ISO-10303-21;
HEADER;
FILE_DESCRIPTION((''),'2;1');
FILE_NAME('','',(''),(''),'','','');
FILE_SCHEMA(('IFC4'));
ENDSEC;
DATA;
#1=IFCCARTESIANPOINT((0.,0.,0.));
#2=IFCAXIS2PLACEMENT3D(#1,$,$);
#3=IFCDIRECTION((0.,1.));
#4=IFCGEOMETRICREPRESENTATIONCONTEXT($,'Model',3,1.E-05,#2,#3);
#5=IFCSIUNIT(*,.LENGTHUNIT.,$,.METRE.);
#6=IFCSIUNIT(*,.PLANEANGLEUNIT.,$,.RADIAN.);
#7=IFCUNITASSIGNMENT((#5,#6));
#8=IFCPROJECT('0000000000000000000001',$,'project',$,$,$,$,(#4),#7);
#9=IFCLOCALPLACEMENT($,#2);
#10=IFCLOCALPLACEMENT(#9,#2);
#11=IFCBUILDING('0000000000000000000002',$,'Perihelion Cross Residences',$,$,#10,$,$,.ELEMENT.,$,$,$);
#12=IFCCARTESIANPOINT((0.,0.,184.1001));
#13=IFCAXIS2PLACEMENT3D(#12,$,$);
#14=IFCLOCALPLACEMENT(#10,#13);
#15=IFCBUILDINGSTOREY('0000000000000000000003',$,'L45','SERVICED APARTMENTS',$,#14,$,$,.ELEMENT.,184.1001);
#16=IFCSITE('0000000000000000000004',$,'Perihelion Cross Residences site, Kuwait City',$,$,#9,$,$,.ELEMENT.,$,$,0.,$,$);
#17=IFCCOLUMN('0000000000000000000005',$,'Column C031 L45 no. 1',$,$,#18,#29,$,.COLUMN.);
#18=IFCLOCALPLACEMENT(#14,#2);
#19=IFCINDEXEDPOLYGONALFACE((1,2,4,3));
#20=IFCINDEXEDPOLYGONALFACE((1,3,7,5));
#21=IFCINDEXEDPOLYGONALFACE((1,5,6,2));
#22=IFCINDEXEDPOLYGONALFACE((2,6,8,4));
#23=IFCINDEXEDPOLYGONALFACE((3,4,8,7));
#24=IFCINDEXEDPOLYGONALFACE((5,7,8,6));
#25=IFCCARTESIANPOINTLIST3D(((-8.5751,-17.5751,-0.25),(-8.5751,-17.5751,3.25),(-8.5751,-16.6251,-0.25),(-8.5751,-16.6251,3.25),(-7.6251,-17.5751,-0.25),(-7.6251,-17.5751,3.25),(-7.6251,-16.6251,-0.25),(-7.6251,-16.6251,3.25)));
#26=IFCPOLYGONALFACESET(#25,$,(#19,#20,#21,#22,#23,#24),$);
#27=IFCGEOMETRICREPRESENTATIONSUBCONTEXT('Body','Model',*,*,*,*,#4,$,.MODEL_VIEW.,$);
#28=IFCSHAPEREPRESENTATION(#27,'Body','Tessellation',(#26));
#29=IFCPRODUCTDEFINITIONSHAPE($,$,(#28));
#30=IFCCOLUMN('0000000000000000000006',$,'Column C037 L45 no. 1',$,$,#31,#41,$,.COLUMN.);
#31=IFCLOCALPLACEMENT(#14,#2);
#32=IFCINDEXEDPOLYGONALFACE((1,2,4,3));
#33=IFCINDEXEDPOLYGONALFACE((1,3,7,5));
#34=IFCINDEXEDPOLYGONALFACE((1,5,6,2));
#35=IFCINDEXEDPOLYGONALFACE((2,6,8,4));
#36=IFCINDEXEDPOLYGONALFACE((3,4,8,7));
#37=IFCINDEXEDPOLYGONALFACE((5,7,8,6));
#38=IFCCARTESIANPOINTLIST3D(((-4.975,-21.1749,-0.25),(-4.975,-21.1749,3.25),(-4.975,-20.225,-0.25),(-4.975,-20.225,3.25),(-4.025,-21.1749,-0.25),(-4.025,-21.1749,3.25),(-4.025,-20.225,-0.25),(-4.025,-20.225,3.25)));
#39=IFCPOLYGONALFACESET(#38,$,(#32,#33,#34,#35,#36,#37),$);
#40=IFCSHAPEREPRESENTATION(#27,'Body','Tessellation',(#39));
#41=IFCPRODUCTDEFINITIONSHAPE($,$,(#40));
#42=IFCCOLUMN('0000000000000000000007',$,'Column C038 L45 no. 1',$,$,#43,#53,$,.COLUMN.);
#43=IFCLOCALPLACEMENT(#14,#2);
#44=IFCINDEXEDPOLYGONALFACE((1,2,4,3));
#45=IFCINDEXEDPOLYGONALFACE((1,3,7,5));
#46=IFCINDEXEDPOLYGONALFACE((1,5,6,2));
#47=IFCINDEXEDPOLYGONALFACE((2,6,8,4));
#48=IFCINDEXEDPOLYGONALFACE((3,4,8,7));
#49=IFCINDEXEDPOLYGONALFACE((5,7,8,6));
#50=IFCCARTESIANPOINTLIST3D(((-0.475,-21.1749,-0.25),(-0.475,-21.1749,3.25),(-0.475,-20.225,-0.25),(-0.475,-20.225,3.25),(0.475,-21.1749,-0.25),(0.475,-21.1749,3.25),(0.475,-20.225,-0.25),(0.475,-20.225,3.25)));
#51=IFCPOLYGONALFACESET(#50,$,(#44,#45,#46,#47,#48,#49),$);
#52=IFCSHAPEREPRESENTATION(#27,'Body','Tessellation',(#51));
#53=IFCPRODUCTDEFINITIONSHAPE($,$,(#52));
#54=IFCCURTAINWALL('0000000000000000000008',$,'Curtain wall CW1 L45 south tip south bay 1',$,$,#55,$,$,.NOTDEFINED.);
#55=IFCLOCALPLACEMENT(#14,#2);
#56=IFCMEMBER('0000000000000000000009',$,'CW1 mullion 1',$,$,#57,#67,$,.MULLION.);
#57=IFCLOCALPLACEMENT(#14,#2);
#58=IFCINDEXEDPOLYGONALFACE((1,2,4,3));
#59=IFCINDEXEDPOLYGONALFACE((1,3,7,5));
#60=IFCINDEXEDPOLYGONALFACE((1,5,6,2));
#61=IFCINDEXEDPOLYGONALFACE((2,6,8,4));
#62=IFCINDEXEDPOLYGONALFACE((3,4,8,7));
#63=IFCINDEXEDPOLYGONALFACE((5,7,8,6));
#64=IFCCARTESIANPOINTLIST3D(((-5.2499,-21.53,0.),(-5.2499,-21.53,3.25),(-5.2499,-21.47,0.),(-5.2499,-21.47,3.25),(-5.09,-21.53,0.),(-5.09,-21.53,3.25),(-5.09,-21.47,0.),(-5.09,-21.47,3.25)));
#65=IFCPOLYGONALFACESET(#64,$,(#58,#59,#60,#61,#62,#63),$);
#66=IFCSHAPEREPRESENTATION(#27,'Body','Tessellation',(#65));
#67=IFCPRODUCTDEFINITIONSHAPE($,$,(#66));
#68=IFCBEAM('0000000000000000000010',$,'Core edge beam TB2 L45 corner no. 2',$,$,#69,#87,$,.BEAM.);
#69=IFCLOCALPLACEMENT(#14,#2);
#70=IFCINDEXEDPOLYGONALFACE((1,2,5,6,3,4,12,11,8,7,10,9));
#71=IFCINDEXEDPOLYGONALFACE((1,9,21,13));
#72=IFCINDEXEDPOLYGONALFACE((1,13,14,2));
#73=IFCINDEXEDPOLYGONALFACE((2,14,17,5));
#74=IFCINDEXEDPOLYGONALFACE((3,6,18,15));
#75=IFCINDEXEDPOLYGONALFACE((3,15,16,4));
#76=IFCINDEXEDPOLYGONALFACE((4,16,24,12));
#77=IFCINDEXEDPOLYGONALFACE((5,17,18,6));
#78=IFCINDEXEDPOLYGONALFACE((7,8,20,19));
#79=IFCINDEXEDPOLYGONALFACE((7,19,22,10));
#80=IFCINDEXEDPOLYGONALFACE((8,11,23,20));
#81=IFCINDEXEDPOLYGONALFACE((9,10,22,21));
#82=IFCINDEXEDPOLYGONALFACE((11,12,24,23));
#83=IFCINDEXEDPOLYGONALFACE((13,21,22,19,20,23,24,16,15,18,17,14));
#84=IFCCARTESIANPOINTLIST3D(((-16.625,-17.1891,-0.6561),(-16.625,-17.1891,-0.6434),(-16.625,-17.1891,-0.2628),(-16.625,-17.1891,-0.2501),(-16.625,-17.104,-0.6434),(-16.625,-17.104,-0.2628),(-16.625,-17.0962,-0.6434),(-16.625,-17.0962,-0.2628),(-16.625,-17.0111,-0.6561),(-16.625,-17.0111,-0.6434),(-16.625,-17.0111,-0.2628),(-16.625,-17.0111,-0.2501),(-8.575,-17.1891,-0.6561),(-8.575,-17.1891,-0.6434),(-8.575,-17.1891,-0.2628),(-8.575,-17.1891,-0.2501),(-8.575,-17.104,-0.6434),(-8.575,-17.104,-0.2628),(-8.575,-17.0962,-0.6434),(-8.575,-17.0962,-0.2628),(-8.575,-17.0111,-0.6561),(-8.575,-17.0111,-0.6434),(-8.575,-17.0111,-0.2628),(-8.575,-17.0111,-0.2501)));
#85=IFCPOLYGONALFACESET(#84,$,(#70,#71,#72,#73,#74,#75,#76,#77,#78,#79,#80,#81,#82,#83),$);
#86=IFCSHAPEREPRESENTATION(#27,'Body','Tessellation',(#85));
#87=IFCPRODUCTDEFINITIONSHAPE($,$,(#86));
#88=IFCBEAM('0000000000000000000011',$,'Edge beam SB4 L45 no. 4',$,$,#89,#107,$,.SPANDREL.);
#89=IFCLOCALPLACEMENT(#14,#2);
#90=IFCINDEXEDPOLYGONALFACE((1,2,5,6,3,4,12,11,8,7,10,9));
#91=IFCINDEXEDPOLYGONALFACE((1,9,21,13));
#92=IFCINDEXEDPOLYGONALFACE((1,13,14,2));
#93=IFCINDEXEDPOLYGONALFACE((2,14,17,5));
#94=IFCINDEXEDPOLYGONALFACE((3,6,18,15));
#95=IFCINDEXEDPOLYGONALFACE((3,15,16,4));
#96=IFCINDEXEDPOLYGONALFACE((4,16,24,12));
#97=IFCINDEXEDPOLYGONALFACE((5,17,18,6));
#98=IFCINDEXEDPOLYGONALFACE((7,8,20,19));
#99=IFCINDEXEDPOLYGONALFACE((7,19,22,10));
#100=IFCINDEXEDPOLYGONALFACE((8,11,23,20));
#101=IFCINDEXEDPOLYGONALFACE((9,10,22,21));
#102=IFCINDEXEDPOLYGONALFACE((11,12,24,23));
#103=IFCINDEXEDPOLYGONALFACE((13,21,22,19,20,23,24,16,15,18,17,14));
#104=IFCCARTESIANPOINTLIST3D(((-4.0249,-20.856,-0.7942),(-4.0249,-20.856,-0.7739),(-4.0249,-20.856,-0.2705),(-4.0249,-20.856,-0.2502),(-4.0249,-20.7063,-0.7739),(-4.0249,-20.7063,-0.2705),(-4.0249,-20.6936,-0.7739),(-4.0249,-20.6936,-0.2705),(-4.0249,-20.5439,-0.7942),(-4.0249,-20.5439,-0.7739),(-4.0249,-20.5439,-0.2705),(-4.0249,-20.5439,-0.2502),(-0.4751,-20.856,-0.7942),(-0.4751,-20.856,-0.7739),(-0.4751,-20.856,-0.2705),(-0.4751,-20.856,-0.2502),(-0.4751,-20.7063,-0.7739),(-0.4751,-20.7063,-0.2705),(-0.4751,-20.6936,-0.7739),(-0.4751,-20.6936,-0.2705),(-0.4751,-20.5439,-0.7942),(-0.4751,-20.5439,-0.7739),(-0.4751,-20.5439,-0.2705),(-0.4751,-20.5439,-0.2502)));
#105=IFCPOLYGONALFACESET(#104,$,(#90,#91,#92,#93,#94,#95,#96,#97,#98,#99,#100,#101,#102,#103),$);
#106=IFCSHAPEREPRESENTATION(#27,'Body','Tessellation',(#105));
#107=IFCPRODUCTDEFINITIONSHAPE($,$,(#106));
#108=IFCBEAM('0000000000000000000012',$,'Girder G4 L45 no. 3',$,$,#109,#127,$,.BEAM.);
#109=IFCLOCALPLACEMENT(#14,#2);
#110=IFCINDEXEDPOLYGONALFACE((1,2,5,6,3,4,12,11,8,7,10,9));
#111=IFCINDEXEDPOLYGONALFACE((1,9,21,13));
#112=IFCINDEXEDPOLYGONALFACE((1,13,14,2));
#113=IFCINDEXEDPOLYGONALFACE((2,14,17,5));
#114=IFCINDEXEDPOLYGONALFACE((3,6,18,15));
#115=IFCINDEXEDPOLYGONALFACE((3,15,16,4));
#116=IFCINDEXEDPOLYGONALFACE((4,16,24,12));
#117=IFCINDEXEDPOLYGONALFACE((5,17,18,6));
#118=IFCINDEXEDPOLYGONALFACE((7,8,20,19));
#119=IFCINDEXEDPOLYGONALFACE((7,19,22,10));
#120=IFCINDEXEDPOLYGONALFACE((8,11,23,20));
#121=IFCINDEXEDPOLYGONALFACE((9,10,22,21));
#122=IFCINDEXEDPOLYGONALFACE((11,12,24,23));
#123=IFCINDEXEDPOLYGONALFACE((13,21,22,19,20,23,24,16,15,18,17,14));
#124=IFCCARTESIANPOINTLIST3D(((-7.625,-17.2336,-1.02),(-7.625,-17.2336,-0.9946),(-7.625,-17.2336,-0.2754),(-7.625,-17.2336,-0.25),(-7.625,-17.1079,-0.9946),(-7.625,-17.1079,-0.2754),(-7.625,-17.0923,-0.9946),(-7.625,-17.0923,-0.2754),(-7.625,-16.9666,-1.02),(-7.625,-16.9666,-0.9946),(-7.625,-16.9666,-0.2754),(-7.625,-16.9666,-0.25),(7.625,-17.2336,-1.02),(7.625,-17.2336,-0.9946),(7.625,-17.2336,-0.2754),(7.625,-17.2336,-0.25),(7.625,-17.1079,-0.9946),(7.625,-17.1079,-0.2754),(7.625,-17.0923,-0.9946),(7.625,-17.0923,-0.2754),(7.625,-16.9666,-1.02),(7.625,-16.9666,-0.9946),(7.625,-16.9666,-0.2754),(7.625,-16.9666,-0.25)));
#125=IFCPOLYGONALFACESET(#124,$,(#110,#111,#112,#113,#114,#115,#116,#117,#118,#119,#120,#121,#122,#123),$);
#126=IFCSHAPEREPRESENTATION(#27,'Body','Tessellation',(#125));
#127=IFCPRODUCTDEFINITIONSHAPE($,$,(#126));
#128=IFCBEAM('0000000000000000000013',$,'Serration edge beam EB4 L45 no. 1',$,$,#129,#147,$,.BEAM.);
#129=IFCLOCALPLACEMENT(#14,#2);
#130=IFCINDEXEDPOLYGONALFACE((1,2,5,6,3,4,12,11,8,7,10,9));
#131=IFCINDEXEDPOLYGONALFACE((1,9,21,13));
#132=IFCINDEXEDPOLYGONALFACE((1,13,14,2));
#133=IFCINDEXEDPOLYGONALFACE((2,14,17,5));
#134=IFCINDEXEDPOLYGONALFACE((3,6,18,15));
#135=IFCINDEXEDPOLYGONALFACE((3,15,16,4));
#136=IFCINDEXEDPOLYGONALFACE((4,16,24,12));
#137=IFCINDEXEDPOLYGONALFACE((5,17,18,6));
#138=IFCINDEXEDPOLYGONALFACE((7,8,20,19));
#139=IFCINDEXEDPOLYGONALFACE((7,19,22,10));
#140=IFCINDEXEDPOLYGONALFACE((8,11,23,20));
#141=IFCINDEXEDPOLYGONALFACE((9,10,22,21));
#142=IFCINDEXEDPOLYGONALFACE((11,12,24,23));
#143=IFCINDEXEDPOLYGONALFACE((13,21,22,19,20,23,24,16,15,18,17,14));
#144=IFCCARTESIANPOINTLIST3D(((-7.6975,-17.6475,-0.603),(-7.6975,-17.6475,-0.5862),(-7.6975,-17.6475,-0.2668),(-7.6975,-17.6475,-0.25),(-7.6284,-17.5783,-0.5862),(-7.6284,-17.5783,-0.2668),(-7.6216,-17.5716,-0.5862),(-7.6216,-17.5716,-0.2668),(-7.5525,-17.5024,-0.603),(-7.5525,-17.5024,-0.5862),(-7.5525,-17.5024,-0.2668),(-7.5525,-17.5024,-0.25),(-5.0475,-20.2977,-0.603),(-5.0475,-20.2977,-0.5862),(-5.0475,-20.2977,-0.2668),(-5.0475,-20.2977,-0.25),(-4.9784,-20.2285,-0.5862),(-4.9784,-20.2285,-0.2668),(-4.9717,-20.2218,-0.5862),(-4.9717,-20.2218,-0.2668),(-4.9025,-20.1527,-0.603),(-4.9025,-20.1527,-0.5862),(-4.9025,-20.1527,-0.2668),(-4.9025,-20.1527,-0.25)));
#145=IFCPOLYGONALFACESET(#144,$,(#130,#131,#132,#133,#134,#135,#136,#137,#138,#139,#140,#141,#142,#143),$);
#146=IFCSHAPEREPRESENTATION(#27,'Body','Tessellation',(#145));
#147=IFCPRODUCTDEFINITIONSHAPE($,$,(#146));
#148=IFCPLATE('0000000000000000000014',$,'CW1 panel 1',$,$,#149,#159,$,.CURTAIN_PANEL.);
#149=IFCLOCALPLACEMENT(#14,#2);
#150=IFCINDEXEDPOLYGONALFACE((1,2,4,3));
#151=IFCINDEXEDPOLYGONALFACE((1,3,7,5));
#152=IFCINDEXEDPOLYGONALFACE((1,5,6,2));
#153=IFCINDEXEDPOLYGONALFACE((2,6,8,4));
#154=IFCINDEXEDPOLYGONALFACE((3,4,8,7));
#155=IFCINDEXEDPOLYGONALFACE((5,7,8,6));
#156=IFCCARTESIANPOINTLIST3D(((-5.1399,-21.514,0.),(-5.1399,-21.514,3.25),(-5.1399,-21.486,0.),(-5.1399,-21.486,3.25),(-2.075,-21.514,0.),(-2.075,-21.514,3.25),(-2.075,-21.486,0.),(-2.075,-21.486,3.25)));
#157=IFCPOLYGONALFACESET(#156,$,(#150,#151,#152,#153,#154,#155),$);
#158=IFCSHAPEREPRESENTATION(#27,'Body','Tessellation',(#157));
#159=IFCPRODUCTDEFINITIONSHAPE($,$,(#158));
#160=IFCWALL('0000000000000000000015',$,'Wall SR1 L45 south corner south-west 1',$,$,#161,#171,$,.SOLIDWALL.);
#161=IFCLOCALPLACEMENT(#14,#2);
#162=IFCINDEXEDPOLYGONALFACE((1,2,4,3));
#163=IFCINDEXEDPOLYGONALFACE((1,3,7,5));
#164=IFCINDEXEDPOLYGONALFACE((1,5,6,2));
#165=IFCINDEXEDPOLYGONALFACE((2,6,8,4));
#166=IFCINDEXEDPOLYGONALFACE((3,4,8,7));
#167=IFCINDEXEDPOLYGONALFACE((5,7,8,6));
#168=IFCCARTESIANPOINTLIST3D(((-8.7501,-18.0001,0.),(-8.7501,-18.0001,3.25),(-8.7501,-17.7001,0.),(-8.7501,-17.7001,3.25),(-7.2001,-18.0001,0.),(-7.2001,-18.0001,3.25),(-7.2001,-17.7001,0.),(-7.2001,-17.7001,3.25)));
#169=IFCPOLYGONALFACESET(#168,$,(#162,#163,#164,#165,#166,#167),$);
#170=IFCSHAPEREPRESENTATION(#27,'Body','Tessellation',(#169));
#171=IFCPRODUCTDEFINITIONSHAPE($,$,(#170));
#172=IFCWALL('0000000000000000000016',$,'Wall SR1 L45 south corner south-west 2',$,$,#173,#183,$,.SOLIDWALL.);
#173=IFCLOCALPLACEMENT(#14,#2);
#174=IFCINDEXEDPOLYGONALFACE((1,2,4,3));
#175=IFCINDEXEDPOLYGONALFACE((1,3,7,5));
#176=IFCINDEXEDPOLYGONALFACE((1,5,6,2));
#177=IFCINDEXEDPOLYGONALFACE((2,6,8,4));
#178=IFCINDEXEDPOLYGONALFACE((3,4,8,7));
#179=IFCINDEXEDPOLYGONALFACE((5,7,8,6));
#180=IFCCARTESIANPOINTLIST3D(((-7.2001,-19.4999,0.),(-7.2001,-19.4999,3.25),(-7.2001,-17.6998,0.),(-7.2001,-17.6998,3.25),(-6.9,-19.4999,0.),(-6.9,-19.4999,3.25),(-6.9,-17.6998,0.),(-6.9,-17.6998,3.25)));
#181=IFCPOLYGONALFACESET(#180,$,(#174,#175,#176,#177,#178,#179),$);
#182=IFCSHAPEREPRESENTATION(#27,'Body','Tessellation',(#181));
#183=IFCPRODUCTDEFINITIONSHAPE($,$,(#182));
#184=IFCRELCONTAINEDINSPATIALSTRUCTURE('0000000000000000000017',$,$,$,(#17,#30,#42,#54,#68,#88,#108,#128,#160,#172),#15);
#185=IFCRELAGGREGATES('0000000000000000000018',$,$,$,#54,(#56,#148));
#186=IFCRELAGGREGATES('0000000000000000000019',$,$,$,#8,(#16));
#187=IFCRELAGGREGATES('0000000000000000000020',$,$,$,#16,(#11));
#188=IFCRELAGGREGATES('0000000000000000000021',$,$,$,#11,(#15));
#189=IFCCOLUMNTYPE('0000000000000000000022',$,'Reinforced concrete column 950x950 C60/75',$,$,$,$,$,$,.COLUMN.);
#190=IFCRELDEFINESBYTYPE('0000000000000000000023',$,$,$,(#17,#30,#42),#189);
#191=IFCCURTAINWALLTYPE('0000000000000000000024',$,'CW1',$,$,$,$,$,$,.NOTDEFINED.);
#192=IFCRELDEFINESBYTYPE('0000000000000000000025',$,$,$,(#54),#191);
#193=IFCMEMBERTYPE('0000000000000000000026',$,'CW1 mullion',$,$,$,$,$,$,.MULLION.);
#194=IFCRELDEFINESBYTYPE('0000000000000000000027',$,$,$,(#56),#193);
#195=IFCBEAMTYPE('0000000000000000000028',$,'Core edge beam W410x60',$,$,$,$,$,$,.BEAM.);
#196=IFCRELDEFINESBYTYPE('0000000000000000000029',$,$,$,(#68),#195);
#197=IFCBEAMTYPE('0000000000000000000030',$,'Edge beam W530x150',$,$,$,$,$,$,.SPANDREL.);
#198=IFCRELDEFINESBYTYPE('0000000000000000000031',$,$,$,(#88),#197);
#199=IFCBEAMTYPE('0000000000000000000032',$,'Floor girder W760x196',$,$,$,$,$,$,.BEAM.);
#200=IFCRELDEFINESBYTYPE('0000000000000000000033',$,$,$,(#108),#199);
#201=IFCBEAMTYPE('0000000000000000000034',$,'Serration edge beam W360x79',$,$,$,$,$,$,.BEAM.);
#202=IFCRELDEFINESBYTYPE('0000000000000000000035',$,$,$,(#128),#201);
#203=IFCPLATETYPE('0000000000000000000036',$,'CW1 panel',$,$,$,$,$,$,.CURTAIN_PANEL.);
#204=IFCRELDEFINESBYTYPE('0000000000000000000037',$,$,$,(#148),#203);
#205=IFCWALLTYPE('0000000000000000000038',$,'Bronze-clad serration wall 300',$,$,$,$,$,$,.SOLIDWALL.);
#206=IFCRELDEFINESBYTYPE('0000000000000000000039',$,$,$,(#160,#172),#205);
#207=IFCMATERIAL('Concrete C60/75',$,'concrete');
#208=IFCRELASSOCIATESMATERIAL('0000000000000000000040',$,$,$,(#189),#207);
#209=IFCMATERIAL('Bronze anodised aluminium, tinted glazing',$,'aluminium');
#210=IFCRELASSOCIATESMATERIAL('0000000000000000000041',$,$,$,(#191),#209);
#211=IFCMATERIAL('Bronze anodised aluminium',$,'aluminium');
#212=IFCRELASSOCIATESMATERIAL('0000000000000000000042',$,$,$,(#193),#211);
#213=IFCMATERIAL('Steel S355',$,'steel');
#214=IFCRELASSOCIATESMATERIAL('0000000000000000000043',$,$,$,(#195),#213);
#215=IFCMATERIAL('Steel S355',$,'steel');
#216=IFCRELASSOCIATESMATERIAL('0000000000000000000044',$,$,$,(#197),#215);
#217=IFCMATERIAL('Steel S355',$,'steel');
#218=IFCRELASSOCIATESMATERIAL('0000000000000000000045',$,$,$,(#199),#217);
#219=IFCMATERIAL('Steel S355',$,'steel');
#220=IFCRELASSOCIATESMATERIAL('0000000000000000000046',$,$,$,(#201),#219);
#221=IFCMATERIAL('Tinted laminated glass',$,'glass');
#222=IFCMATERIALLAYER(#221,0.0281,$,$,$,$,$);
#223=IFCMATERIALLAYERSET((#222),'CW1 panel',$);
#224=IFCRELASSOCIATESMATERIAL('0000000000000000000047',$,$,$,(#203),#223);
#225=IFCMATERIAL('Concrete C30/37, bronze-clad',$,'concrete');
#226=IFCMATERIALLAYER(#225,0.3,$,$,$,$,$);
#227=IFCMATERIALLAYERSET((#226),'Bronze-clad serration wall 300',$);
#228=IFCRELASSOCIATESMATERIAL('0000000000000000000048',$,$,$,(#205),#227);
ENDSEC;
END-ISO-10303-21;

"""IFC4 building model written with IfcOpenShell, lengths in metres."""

from ifc_helpers import new_model, si_unit, direction, frame, frame_2d, origin, origin_2d, place, context, subcontext, project, spatial, rectangle, i_section, extrude, material, layer, layer_set, material_profile, profile_set, type_object, element, aggregate, save


model = new_model("IFC4")

# Units and contexts
model_context = context("Model", 3, precision=1e-05, world=origin(), true_north=direction((0.0, 1.0)))
body_context = subcontext(model_context, "Body", "Model", "MODEL_VIEW")
ifc_project = project(units=[si_unit("LENGTHUNIT", "METRE"), si_unit("PLANEANGLEUNIT", "RADIAN")], contexts=[model_context])

# Site, building, storey
site_placement = place(None, origin())
site = spatial("IfcSite", under=ifc_project, at=site_placement, Name="Perihelion Cross Residences site, Kuwait City", CompositionType="ELEMENT", RefElevation=0.0)
building_placement = place(site_placement, origin())
building = spatial("IfcBuilding", under=site, at=building_placement, Name="Perihelion Cross Residences", CompositionType="ELEMENT")
storey_placement = place(building_placement, frame((0.0, 0.0, 184.1001)))
storey = spatial("IfcBuildingStorey", under=building, at=storey_placement, Name="L45", Description="SERVICED APARTMENTS", CompositionType="ELEMENT", Elevation=184.1001)

# Columns
ifc_material_1 = material(Name="Concrete C60/75", Category="concrete")
ifc_material_profile_1 = material_profile(ifc_material_1, rectangle(XDim=0.95, YDim=0.95, at=origin_2d()), Name="RC 950x950")
ifc_profile_set_1 = profile_set([ifc_material_profile_1], Name="Concrete C60/75")
column_type = type_object("IfcColumnType", Name="Reinforced concrete column 950x950 C60/75", PredefinedType="COLUMN", material=ifc_profile_set_1)
for number, where, z_axis, x_axis, name in (
    (1, (-8.1001, -17.1001, -0.25), (0.0, 0.0, 1.0), (1.0, 0.0, 0.0), "Column C031 L45 no. 1"),
    (2, (-4.5, -20.7, -0.25), (0.0, 0.0, 1.0), (1.0, 0.0, 0.0), "Column C037 L45 no. 1"),
    (3, (0.0, -20.7, -0.25), (0.0, 0.0, 1.0), (1.0, 0.0, 0.0), "Column C038 L45 no. 1"),
):
    element("IfcColumn", number, at=place(storey_placement, frame(where, z_axis=z_axis, x_axis=x_axis)), inside=storey, type_object=column_type, Name=name, PredefinedType="COLUMN", context=body_context, shape_type="SweptSolid", body=[
        extrude(rectangle(XDim=0.95, YDim=0.95, at=origin_2d()), origin(), (0.0, 0.0, 1.0), 3.5),
    ])

# Curtain wall, member
ifc_material_2 = material(Name="Bronze anodised aluminium, tinted glazing", Category="aluminium")
curtain_wall_type = type_object("IfcCurtainWallType", Name="CW1", PredefinedType="NOTDEFINED", material=ifc_material_2)
curtain_wall_placement = place(storey_placement, origin())
curtain_wall = element("IfcCurtainWall", 4, at=curtain_wall_placement, inside=storey, type_object=curtain_wall_type, Name="Curtain wall CW1 L45 south tip south bay 1", PredefinedType="NOTDEFINED")
ifc_material_3 = material(Name="Bronze anodised aluminium", Category="aluminium")
ifc_material_profile_2 = material_profile(ifc_material_3, rectangle(XDim=0.0601, YDim=0.1599, at=origin_2d()), Name="CW1 mullion")
ifc_profile_set_2 = profile_set([ifc_material_profile_2], Name="Bronze anodised aluminium")
member_type = type_object("IfcMemberType", Name="CW1 mullion", PredefinedType="MULLION", material=ifc_profile_set_2)
member_placement = place(storey_placement, frame((-5.1699, -21.5, 0.0), z_axis=(0.0, 0.0, 1.0), x_axis=(0.0, 1.0, 0.0)))
member = element("IfcMember", 5, at=member_placement, type_object=member_type, Name="CW1 mullion 1", PredefinedType="MULLION", context=body_context, shape_type="SweptSolid", body=[
    extrude(rectangle(XDim=0.0601, YDim=0.1599, at=origin_2d()), origin(), (0.0, 0.0, 1.0), 3.25),
])

# Beams
ifc_material_4 = material(Name="Steel S355", Category="steel")
ifc_material_profile_3 = material_profile(ifc_material_4, i_section(OverallWidth=0.178, OverallDepth=0.406, WebThickness=0.0078, FlangeThickness=0.0127, at=origin_2d()), Name="W410x60")
ifc_profile_set_3 = profile_set([ifc_material_profile_3], Name="Steel S355")
beam_type_1 = type_object("IfcBeamType", Name="Core edge beam W410x60", PredefinedType="BEAM", material=ifc_profile_set_3)
beam_1_placement = place(storey_placement, frame((-8.575, -17.1001, -0.4531), z_axis=(-1.0, 0.0, 0.0), x_axis=(0.0, -1.0, 0.0)))
element("IfcBeam", 6, at=beam_1_placement, inside=storey, type_object=beam_type_1, Name="Core edge beam TB2 L45 corner no. 2", PredefinedType="BEAM", context=body_context, shape_type="SweptSolid", body=[
    extrude(i_section(OverallWidth=0.178, OverallDepth=0.406, WebThickness=0.0078, FlangeThickness=0.0127, at=origin_2d()), origin(), (0.0, 0.0, 1.0), 8.05),
])
ifc_material_5 = material(Name="Steel S355", Category="steel")
ifc_material_profile_4 = material_profile(ifc_material_5, i_section(OverallWidth=0.312, OverallDepth=0.5439, WebThickness=0.0127, FlangeThickness=0.0203, at=origin_2d()), Name="W530x150")
ifc_profile_set_4 = profile_set([ifc_material_profile_4], Name="Steel S355")
beam_type_2 = type_object("IfcBeamType", Name="Edge beam W530x150", PredefinedType="SPANDREL", material=ifc_profile_set_4)
beam_2_placement = place(storey_placement, frame((-4.0249, -20.7, -0.5222), z_axis=(1.0, 0.0, 0.0), x_axis=(0.0, 1.0, 0.0)))
element("IfcBeam", 7, at=beam_2_placement, inside=storey, type_object=beam_type_2, Name="Edge beam SB4 L45 no. 4", PredefinedType="SPANDREL", context=body_context, shape_type="SweptSolid", body=[
    extrude(i_section(OverallWidth=0.312, OverallDepth=0.5439, WebThickness=0.0127, FlangeThickness=0.0203, at=origin_2d()), origin(), (0.0, 0.0, 1.0), 3.5498),
])
ifc_material_6 = material(Name="Steel S355", Category="steel")
ifc_material_profile_5 = material_profile(ifc_material_6, i_section(OverallWidth=0.2671, OverallDepth=0.77, WebThickness=0.0156, FlangeThickness=0.0254, at=origin_2d()), Name="W760x196")
ifc_profile_set_5 = profile_set([ifc_material_profile_5], Name="Steel S355")
beam_type_3 = type_object("IfcBeamType", Name="Floor girder W760x196", PredefinedType="BEAM", material=ifc_profile_set_5)
beam_3_placement = place(storey_placement, frame((-7.625, -17.1001, -0.635), z_axis=(1.0, 0.0, 0.0), x_axis=(0.0, 1.0, 0.0)))
element("IfcBeam", 8, at=beam_3_placement, inside=storey, type_object=beam_type_3, Name="Girder G4 L45 no. 3", PredefinedType="BEAM", context=body_context, shape_type="SweptSolid", body=[
    extrude(i_section(OverallWidth=0.2671, OverallDepth=0.77, WebThickness=0.0156, FlangeThickness=0.0254, at=origin_2d()), origin(), (0.0, 0.0, 1.0), 15.25),
])
ifc_material_7 = material(Name="Steel S355", Category="steel")
ifc_material_profile_6 = material_profile(ifc_material_7, i_section(OverallWidth=0.2051, OverallDepth=0.353, WebThickness=0.0095, FlangeThickness=0.0168, at=origin_2d()), Name="W360x79")
ifc_profile_set_6 = profile_set([ifc_material_profile_6], Name="Steel S355")
beam_type_4 = type_object("IfcBeamType", Name="Serration edge beam W360x79", PredefinedType="BEAM", material=ifc_profile_set_6)
beam_4_placement = place(storey_placement, frame((-7.625, -17.575, -0.4265), z_axis=(0.707074, -0.707139, 0.0), x_axis=(0.707139, 0.707074, 0.0)))
element("IfcBeam", 9, at=beam_4_placement, inside=storey, type_object=beam_type_4, Name="Serration edge beam EB4 L45 no. 1", PredefinedType="BEAM", context=body_context, shape_type="SweptSolid", body=[
    extrude(i_section(OverallWidth=0.2051, OverallDepth=0.353, WebThickness=0.0095, FlangeThickness=0.0168, at=origin_2d()), origin(), (0.0, 0.0, 1.0), 3.7478),
])

# Plate
ifc_material_8 = material(Name="Tinted laminated glass", Category="glass")
ifc_layer_1 = layer(ifc_material_8, 0.0281)
ifc_layer_set_1 = layer_set([ifc_layer_1], Name="CW1 panel")
plate_type = type_object("IfcPlateType", Name="CW1 panel", PredefinedType="CURTAIN_PANEL", material=ifc_layer_set_1)
plate_placement = place(storey_placement, frame((-3.6074, -21.5, 0.0), z_axis=(0.0, 0.0, 1.0), x_axis=(1.0, 0.0, 0.0)))
plate = element("IfcPlate", 10, at=plate_placement, type_object=plate_type, Name="CW1 panel 1", PredefinedType="CURTAIN_PANEL", context=body_context, shape_type="SweptSolid", body=[
    extrude(rectangle(XDim=3.0649, YDim=0.0281, at=origin_2d()), origin(), (0.0, 0.0, 1.0), 3.25),
])
aggregate(curtain_wall, [member, plate])

# Walls
ifc_material_9 = material(Name="Concrete C30/37, bronze-clad", Category="concrete")
ifc_layer_2 = layer(ifc_material_9, 0.3)
ifc_layer_set_2 = layer_set([ifc_layer_2], Name="Bronze-clad serration wall 300")
wall_type_1 = type_object("IfcWallType", Name="Bronze-clad serration wall 300", PredefinedType="SOLIDWALL", material=ifc_layer_set_2)
wall_1_placement = place(storey_placement, frame((-8.75, -17.8501, 0.0), z_axis=(0.0, 0.0, 1.0), x_axis=(1.0, 0.0, 0.0)))
element("IfcWall", 11, at=wall_1_placement, inside=storey, type_object=wall_type_1, Name="Wall SR1 L45 south corner south-west 1", PredefinedType="SOLIDWALL", context=body_context, shape_type="SweptSolid", body=[
    extrude(rectangle(XDim=1.55, YDim=0.3, at=frame_2d((0.7749, 0.0))), origin(), (0.0, 0.0, 1.0), 3.25),
])
for number, where, z_axis, x_axis, name in (
    (12, (-7.05, -17.7, 0.0), (0.0, 0.0, 1.0), (0.0, -1.0, 0.0), "Wall SR1 L45 south corner south-west 2"),
):
    element("IfcWall", number, at=place(storey_placement, frame(where, z_axis=z_axis, x_axis=x_axis)), inside=storey, type_object=wall_type_1, Name=name, PredefinedType="SOLIDWALL", context=body_context, shape_type="SweptSolid", body=[
        extrude(rectangle(XDim=1.8, YDim=0.3, at=frame_2d((0.8999, 0.0))), origin(), (0.0, 0.0, 1.0), 3.25),
    ])

save(model, "model.ifc")
